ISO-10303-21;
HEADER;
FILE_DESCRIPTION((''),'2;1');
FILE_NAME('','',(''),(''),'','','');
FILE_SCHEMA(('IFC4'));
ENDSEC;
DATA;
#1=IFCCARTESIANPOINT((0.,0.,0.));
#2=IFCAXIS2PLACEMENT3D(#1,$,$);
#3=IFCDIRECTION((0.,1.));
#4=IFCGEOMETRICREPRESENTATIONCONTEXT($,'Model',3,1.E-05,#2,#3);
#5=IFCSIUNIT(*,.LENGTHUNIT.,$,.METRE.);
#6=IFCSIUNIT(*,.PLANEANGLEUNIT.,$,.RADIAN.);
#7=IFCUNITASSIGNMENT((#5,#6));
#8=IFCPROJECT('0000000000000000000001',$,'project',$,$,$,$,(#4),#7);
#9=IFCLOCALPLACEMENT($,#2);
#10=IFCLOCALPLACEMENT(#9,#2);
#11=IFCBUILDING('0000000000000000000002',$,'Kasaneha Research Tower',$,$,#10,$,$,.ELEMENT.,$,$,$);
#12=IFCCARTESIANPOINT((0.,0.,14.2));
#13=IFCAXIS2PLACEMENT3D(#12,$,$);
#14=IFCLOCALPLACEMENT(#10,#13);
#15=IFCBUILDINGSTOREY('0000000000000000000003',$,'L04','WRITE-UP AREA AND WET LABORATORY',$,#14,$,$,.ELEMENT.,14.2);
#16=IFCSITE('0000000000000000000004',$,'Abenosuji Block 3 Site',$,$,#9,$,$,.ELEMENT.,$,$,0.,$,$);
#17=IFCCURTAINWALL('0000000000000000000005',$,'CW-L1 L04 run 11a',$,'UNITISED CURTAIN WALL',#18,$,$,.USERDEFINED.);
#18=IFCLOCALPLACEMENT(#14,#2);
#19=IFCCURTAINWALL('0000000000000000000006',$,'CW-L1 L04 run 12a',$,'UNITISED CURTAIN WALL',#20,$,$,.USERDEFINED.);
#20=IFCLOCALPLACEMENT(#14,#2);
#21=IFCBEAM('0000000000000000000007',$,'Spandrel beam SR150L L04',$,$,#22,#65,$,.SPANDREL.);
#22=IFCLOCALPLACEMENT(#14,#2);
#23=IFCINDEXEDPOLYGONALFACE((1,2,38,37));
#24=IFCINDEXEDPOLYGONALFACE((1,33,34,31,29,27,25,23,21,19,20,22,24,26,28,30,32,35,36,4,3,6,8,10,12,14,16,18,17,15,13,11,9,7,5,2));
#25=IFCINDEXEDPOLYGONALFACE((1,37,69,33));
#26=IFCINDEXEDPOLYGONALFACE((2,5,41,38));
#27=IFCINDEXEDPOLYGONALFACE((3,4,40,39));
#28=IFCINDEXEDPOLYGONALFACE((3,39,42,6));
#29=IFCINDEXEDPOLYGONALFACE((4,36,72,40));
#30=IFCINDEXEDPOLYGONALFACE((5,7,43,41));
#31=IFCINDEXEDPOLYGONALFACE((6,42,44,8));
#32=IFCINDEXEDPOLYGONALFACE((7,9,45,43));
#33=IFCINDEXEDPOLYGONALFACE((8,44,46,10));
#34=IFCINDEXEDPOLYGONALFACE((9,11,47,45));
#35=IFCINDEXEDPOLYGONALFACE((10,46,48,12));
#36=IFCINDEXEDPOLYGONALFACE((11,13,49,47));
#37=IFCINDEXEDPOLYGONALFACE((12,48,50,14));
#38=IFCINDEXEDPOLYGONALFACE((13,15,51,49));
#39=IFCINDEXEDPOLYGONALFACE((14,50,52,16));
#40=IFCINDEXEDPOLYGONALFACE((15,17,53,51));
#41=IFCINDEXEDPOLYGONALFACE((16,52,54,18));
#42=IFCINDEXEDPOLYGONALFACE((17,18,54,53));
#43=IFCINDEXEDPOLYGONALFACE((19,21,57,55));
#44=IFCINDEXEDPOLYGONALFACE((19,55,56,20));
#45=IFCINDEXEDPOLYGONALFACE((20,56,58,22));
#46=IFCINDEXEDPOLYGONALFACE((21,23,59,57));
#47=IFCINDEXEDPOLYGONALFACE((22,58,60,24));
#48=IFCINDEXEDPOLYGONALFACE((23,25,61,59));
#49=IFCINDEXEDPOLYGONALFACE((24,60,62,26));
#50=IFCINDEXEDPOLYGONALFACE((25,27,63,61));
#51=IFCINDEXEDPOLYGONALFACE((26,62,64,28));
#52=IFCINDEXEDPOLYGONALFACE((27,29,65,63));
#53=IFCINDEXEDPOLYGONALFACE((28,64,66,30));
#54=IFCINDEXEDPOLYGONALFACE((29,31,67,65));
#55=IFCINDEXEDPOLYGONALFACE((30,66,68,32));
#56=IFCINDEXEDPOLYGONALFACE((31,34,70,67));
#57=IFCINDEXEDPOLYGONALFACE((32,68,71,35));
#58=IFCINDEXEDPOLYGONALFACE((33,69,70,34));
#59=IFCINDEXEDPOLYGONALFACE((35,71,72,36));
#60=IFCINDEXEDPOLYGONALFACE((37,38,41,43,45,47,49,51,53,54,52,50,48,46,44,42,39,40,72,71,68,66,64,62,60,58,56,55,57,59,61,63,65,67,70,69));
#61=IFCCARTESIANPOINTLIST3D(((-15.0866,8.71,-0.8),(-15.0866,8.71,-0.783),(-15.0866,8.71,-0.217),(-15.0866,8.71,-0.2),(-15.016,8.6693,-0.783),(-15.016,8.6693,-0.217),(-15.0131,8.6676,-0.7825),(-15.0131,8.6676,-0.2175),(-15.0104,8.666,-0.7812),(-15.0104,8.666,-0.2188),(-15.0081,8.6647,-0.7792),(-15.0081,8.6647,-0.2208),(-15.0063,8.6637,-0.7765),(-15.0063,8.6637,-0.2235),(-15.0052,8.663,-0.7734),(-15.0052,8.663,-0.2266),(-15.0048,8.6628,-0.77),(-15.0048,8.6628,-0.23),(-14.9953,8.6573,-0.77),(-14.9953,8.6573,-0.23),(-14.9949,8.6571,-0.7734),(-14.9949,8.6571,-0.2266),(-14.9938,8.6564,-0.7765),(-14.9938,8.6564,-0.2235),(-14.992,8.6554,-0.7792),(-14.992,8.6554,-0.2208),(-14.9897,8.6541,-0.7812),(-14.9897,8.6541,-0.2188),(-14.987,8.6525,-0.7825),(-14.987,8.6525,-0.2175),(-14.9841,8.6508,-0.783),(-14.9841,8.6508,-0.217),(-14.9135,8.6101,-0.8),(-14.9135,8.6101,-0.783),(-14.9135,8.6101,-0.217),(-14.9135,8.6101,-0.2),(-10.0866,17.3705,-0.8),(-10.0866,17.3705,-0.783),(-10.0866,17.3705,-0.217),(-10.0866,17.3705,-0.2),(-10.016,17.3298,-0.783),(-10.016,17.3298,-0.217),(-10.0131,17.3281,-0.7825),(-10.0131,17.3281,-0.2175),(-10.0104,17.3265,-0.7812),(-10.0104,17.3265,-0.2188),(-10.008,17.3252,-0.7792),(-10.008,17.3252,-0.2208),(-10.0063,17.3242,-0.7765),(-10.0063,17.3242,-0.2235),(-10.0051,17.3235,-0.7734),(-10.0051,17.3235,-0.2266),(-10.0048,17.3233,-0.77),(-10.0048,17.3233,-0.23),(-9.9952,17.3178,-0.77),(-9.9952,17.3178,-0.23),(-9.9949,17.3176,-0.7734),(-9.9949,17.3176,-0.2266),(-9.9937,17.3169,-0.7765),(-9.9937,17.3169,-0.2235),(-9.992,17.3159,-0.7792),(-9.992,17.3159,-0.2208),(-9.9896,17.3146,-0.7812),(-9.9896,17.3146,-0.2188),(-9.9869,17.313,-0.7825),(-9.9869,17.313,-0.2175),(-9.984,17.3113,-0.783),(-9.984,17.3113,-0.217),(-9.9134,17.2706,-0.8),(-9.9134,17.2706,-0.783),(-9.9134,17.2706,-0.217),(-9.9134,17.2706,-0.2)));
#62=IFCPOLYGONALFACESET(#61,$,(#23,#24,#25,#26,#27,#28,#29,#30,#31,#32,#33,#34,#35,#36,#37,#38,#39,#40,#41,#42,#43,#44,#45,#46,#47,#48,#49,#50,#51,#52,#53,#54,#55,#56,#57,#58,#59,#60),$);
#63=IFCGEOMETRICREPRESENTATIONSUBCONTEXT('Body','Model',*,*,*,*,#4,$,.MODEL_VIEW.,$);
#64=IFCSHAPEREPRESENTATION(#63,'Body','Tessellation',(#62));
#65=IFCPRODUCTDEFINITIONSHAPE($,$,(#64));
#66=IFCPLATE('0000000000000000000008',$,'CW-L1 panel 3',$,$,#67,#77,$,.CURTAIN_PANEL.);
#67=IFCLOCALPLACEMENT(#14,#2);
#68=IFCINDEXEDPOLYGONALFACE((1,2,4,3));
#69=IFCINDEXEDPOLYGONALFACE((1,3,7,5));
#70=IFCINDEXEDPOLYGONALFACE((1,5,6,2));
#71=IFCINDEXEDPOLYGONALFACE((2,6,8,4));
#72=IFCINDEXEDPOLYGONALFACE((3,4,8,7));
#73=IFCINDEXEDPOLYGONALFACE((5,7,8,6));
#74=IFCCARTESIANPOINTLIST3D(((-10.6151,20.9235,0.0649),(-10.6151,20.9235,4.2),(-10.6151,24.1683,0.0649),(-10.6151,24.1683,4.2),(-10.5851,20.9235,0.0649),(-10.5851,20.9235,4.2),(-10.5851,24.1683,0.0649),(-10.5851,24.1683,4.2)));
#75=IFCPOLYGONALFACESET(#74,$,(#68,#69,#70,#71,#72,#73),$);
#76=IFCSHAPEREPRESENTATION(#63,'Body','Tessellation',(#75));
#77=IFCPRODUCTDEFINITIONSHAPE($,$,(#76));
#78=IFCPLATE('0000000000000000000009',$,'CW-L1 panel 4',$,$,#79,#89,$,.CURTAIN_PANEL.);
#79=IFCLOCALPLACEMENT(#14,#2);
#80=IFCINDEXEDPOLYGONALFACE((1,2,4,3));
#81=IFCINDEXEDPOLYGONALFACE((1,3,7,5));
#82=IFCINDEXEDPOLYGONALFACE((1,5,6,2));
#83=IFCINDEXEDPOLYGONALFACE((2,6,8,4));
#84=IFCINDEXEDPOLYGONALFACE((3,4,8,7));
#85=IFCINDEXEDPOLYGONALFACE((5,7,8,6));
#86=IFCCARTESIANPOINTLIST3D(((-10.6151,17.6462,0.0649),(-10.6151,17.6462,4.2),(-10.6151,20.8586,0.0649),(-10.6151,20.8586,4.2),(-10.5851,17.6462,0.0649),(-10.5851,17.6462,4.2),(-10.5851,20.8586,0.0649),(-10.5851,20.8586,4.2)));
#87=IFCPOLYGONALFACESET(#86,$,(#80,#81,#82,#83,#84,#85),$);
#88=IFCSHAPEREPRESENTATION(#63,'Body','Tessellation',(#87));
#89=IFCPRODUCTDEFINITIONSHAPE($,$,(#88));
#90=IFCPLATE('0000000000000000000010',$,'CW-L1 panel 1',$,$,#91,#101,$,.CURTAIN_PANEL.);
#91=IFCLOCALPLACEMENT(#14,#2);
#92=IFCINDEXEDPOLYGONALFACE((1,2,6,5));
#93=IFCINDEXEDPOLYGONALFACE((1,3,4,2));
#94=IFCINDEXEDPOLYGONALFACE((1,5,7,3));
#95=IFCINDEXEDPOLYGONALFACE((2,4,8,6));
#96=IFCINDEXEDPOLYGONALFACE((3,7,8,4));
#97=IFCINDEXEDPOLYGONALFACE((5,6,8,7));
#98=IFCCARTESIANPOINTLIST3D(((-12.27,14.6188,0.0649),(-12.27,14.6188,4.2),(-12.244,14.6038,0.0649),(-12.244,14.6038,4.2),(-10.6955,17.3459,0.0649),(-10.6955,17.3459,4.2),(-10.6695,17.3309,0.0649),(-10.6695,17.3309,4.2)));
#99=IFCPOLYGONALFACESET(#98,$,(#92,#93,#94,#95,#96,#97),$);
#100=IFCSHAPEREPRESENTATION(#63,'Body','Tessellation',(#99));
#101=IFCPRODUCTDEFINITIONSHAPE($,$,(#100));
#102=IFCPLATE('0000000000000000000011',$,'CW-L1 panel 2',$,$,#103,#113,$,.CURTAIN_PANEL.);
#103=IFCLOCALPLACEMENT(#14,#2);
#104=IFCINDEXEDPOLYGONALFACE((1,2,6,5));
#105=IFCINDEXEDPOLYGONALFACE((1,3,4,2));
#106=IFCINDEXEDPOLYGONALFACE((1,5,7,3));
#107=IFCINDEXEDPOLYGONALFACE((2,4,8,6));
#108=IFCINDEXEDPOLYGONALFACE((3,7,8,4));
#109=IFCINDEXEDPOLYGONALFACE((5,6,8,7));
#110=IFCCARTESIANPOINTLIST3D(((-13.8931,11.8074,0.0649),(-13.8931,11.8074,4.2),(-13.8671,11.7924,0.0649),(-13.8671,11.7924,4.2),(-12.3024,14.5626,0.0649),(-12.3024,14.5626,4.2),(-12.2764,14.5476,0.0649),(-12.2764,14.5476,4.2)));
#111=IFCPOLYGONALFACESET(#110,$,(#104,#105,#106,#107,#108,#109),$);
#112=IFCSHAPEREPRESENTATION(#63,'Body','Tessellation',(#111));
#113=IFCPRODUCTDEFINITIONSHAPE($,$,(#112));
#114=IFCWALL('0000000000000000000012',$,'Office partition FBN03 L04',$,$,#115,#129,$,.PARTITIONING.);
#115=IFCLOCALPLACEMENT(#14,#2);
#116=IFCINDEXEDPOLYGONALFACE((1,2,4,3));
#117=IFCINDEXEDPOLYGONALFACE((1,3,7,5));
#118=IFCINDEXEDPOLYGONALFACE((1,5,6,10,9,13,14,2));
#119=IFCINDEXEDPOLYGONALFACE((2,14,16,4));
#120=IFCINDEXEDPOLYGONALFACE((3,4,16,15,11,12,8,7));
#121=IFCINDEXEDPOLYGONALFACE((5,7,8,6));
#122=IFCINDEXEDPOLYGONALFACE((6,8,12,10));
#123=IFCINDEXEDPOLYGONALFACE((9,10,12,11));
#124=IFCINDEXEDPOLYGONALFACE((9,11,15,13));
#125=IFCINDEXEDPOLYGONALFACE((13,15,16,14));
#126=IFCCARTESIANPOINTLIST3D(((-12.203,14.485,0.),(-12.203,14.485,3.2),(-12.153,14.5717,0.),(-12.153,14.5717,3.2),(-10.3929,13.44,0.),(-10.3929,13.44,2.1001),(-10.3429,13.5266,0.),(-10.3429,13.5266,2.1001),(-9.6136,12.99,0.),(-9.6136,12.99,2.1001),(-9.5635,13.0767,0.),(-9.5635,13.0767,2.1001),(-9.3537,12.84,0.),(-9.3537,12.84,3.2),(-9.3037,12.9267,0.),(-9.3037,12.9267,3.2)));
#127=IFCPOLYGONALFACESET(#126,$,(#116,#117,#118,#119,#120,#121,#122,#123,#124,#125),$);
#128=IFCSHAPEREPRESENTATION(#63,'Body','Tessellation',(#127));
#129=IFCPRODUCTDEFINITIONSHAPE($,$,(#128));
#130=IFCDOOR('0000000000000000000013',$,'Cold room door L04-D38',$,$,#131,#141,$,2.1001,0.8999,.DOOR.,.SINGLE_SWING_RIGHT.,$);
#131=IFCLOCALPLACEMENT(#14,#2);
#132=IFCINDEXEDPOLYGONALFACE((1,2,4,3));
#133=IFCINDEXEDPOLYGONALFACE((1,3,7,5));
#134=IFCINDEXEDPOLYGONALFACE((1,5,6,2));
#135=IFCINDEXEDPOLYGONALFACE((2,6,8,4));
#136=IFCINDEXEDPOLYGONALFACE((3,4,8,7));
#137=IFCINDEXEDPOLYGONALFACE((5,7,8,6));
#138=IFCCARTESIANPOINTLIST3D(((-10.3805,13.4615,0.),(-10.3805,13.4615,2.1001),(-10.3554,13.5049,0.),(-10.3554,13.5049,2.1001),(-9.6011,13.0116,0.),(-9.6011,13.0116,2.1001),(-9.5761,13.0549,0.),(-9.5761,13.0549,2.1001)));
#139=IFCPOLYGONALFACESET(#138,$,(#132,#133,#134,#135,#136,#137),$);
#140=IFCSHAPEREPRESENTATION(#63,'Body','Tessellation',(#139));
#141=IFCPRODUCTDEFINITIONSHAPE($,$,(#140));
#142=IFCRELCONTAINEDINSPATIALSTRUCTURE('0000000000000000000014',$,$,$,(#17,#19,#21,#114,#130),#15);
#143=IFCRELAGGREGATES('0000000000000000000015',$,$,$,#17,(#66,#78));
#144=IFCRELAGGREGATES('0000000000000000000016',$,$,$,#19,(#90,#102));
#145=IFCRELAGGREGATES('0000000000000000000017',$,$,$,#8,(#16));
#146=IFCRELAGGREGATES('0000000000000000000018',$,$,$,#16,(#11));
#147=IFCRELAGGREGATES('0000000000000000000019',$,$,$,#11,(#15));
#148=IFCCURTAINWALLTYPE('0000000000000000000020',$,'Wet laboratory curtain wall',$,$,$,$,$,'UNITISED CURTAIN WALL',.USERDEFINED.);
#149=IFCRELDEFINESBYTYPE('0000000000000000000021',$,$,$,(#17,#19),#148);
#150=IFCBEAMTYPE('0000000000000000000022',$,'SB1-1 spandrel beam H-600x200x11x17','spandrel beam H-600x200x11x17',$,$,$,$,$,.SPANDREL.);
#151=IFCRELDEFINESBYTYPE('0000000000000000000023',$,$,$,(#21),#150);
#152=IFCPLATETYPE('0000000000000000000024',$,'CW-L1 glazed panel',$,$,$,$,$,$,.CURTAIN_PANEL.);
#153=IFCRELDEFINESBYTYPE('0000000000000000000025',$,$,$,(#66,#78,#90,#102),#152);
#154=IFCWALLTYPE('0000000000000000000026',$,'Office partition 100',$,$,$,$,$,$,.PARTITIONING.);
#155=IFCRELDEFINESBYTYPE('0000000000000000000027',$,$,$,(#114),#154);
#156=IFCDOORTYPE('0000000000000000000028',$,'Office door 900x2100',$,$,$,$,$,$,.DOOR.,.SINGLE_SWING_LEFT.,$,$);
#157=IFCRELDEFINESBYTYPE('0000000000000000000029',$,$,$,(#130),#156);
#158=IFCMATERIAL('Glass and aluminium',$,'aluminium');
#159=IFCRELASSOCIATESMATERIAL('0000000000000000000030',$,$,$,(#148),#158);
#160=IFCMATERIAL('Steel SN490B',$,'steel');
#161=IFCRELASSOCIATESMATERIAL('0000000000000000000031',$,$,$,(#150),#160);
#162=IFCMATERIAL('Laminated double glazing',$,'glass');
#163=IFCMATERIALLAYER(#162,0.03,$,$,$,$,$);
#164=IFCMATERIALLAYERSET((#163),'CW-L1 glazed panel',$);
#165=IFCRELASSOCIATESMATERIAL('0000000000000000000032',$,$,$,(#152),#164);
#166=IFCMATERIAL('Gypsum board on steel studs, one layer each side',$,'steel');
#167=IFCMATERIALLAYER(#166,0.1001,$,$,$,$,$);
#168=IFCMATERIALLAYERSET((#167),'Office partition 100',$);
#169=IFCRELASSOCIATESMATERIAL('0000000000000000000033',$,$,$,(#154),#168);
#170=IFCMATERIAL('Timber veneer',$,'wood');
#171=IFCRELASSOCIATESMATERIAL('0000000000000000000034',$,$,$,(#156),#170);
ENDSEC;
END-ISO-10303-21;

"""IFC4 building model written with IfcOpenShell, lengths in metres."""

from ifc_helpers import new_model, si_unit, direction, frame, frame_2d, origin, origin_2d, place, context, subcontext, project, spatial, rectangle, i_section, extrude, material, layer, layer_set, material_profile, profile_set, type_object, element, fill, aggregate, save


model = new_model("IFC4")

# Units and contexts
model_context = context("Model", 3, precision=1e-05, world=origin(), true_north=direction((0.0, 1.0)))
body_context = subcontext(model_context, "Body", "Model", "MODEL_VIEW")
ifc_project = project(units=[si_unit("LENGTHUNIT", "METRE"), si_unit("PLANEANGLEUNIT", "RADIAN")], contexts=[model_context])

# Site, building, storey
site_placement = place(None, origin())
site = spatial("IfcSite", under=ifc_project, at=site_placement, Name="Abenosuji Block 3 Site", CompositionType="ELEMENT", RefElevation=0.0)
building_placement = place(site_placement, origin())
building = spatial("IfcBuilding", under=site, at=building_placement, Name="Kasaneha Research Tower", CompositionType="ELEMENT")
storey_placement = place(building_placement, frame((0.0, 0.0, 14.2)))
storey = spatial("IfcBuildingStorey", under=building, at=storey_placement, Name="L04", Description="WRITE-UP AREA AND WET LABORATORY", CompositionType="ELEMENT", Elevation=14.2)

# Curtain walls
ifc_material_1 = material(Name="Glass and aluminium", Category="aluminium")
curtain_wall_type = type_object("IfcCurtainWallType", Name="Wet laboratory curtain wall", ElementType="UNITISED CURTAIN WALL", PredefinedType="USERDEFINED", material=ifc_material_1)
curtain_wall_1_placement = place(storey_placement, origin())
curtain_wall_1 = element("IfcCurtainWall", 1, at=curtain_wall_1_placement, inside=storey, type_object=curtain_wall_type, Name="CW-L1 L04 run 11a", ObjectType="UNITISED CURTAIN WALL", PredefinedType="USERDEFINED")
curtain_wall_2_placement = place(storey_placement, origin())
curtain_wall_2 = element("IfcCurtainWall", 2, at=curtain_wall_2_placement, inside=storey, type_object=curtain_wall_type, Name="CW-L1 L04 run 12a", ObjectType="UNITISED CURTAIN WALL", PredefinedType="USERDEFINED")

# Beam
ifc_material_2 = material(Name="Steel SN490B", Category="steel")
ifc_material_profile_1 = material_profile(ifc_material_2, i_section(OverallWidth=0.2, OverallDepth=0.6001, WebThickness=0.011, FlangeThickness=0.0171, FilletRadius=0.0129, at=origin_2d()), Name="H-600x200x11x17")
ifc_profile_set_1 = profile_set([ifc_material_profile_1], Name="Steel SN490B")
beam_type_1 = type_object("IfcBeamType", Name="SB1-1 spandrel beam H-600x200x11x17", Description="spandrel beam H-600x200x11x17", PredefinedType="SPANDREL", material=ifc_profile_set_1)
beam_1_placement = place(storey_placement, frame((-10.0, 17.3206, -0.5), z_axis=(-0.499994, -0.866029, 0.0), x_axis=(0.866029, -0.499994, 0.0)))
element("IfcBeam", 3, at=beam_1_placement, inside=storey, type_object=beam_type_1, Name="Spandrel beam SR150L L04", PredefinedType="SPANDREL", context=body_context, shape_type="SweptSolid", body=[
    extrude(i_section(OverallWidth=0.2, OverallDepth=0.6001, WebThickness=0.011, FlangeThickness=0.0171, FilletRadius=0.0129, at=origin_2d()), origin(), (0.0, 0.0, 1.0), 10.0002),
])

# Plates
ifc_material_3 = material(Name="Laminated double glazing", Category="glass")
ifc_layer_1 = layer(ifc_material_3, 0.03)
ifc_layer_set_1 = layer_set([ifc_layer_1], Name="CW-L1 glazed panel")
plate_type = type_object("IfcPlateType", Name="CW-L1 glazed panel", PredefinedType="CURTAIN_PANEL", material=ifc_layer_set_1)
plate_1_placement = place(storey_placement, frame((-10.6001, 22.5459, 0.0649), z_axis=(0.0, 0.0, 1.0), x_axis=(0.0, -1.0, 0.0)))
plate_1 = element("IfcPlate", 4, at=plate_1_placement, type_object=plate_type, Name="CW-L1 panel 3", PredefinedType="CURTAIN_PANEL", context=body_context, shape_type="SweptSolid", body=[
    extrude(rectangle(XDim=3.2449, YDim=0.03, at=origin_2d()), origin(), (0.0, 0.0, 1.0), 4.135),
])
plate_2_placement = place(storey_placement, frame((-10.6001, 19.2524, 0.0649), z_axis=(0.0, 0.0, 1.0), x_axis=(0.0, -1.0, 0.0)))
plate_2 = element("IfcPlate", 5, at=plate_2_placement, type_object=plate_type, Name="CW-L1 panel 4", PredefinedType="CURTAIN_PANEL", context=body_context, shape_type="SweptSolid", body=[
    extrude(rectangle(XDim=3.2124, YDim=0.03, at=origin_2d()), origin(), (0.0, 0.0, 1.0), 4.135),
])
aggregate(curtain_wall_1, [plate_1, plate_2])
plate_3_placement = place(storey_placement, frame((-11.4697, 15.9749, 0.0649), z_axis=(0.0, 0.0, 1.0), x_axis=(-0.5, -0.866025, 0.0)))
plate_3 = element("IfcPlate", 6, at=plate_3_placement, type_object=plate_type, Name="CW-L1 panel 1", PredefinedType="CURTAIN_PANEL", context=body_context, shape_type="SweptSolid", body=[
    extrude(rectangle(XDim=3.1489, YDim=0.03, at=origin_2d()), origin(), (0.0, 0.0, 1.0), 4.135),
])
plate_4_placement = place(storey_placement, frame((-13.0847, 13.1775, 0.0649), z_axis=(0.0, 0.0, 1.0), x_axis=(-0.5, -0.866025, 0.0)))
plate_4 = element("IfcPlate", 7, at=plate_4_placement, type_object=plate_type, Name="CW-L1 panel 2", PredefinedType="CURTAIN_PANEL", context=body_context, shape_type="SweptSolid", body=[
    extrude(rectangle(XDim=3.1814, YDim=0.03, at=origin_2d()), origin(), (0.0, 0.0, 1.0), 4.135),
])
aggregate(curtain_wall_2, [plate_3, plate_4])

# Wall, opening, door
ifc_material_4 = material(Name="Gypsum board on steel studs, one layer each side", Category="steel")
ifc_layer_2 = layer(ifc_material_4, 0.1001)
ifc_layer_set_2 = layer_set([ifc_layer_2], Name="Office partition 100")
wall_type = type_object("IfcWallType", Name="Office partition 100", PredefinedType="PARTITIONING", material=ifc_layer_set_2)
wall_placement = place(storey_placement, frame((-12.178, 14.5283, 0.0), z_axis=(0.0, 0.0, 1.0), x_axis=(0.866034, -0.499986, 0.0)))
wall = element("IfcWall", 8, at=wall_placement, inside=storey, type_object=wall_type, Name="Office partition FBN03 L04", PredefinedType="PARTITIONING", context=body_context, shape_type="SweptSolid", body=[
    extrude(rectangle(XDim=3.29, YDim=0.1001, at=frame_2d((1.645, 0.0))), origin(), (0.0, 0.0, 1.0), 3.2),
])
opening_placement = place(wall_placement, frame((2.0901, 0.0, 0.0)))
opening = element("IfcOpeningElement", 9, at=opening_placement, cuts=wall, PredefinedType="OPENING", context=body_context, shape_type="SweptSolid", body=[
    extrude(rectangle(XDim=0.8999, YDim=2.1001, at=frame_2d((0.45, 1.05))), frame((0.0, 0.0601, 0.0), z_axis=(0.0, -1.0, 0.0), x_axis=(1.0, 0.0, 0.0)), (0.0, 0.0, 1.0), 0.1201),
])
ifc_material_5 = material(Name="Timber veneer", Category="wood")
door_type = type_object("IfcDoorType", Name="Office door 900x2100", OperationType="SINGLE_SWING_LEFT", PredefinedType="DOOR", material=ifc_material_5)
door_placement = place(opening_placement, origin())
door = element("IfcDoor", 10, at=door_placement, inside=storey, type_object=door_type, Name="Cold room door L04-D38", OperationType="SINGLE_SWING_RIGHT", OverallHeight=2.1001, OverallWidth=0.8999, PredefinedType="DOOR", context=body_context, shape_type="SweptSolid", body=[
    extrude(rectangle(XDim=0.8999, YDim=2.1001, at=frame_2d((0.45, 1.05))), frame((0.0, 0.0249, 0.0), z_axis=(0.0, -1.0, 0.0), x_axis=(1.0, 0.0, 0.0)), (0.0, 0.0, 1.0), 0.05),
])
fill(opening, door)

save(model, "model.ifc")
